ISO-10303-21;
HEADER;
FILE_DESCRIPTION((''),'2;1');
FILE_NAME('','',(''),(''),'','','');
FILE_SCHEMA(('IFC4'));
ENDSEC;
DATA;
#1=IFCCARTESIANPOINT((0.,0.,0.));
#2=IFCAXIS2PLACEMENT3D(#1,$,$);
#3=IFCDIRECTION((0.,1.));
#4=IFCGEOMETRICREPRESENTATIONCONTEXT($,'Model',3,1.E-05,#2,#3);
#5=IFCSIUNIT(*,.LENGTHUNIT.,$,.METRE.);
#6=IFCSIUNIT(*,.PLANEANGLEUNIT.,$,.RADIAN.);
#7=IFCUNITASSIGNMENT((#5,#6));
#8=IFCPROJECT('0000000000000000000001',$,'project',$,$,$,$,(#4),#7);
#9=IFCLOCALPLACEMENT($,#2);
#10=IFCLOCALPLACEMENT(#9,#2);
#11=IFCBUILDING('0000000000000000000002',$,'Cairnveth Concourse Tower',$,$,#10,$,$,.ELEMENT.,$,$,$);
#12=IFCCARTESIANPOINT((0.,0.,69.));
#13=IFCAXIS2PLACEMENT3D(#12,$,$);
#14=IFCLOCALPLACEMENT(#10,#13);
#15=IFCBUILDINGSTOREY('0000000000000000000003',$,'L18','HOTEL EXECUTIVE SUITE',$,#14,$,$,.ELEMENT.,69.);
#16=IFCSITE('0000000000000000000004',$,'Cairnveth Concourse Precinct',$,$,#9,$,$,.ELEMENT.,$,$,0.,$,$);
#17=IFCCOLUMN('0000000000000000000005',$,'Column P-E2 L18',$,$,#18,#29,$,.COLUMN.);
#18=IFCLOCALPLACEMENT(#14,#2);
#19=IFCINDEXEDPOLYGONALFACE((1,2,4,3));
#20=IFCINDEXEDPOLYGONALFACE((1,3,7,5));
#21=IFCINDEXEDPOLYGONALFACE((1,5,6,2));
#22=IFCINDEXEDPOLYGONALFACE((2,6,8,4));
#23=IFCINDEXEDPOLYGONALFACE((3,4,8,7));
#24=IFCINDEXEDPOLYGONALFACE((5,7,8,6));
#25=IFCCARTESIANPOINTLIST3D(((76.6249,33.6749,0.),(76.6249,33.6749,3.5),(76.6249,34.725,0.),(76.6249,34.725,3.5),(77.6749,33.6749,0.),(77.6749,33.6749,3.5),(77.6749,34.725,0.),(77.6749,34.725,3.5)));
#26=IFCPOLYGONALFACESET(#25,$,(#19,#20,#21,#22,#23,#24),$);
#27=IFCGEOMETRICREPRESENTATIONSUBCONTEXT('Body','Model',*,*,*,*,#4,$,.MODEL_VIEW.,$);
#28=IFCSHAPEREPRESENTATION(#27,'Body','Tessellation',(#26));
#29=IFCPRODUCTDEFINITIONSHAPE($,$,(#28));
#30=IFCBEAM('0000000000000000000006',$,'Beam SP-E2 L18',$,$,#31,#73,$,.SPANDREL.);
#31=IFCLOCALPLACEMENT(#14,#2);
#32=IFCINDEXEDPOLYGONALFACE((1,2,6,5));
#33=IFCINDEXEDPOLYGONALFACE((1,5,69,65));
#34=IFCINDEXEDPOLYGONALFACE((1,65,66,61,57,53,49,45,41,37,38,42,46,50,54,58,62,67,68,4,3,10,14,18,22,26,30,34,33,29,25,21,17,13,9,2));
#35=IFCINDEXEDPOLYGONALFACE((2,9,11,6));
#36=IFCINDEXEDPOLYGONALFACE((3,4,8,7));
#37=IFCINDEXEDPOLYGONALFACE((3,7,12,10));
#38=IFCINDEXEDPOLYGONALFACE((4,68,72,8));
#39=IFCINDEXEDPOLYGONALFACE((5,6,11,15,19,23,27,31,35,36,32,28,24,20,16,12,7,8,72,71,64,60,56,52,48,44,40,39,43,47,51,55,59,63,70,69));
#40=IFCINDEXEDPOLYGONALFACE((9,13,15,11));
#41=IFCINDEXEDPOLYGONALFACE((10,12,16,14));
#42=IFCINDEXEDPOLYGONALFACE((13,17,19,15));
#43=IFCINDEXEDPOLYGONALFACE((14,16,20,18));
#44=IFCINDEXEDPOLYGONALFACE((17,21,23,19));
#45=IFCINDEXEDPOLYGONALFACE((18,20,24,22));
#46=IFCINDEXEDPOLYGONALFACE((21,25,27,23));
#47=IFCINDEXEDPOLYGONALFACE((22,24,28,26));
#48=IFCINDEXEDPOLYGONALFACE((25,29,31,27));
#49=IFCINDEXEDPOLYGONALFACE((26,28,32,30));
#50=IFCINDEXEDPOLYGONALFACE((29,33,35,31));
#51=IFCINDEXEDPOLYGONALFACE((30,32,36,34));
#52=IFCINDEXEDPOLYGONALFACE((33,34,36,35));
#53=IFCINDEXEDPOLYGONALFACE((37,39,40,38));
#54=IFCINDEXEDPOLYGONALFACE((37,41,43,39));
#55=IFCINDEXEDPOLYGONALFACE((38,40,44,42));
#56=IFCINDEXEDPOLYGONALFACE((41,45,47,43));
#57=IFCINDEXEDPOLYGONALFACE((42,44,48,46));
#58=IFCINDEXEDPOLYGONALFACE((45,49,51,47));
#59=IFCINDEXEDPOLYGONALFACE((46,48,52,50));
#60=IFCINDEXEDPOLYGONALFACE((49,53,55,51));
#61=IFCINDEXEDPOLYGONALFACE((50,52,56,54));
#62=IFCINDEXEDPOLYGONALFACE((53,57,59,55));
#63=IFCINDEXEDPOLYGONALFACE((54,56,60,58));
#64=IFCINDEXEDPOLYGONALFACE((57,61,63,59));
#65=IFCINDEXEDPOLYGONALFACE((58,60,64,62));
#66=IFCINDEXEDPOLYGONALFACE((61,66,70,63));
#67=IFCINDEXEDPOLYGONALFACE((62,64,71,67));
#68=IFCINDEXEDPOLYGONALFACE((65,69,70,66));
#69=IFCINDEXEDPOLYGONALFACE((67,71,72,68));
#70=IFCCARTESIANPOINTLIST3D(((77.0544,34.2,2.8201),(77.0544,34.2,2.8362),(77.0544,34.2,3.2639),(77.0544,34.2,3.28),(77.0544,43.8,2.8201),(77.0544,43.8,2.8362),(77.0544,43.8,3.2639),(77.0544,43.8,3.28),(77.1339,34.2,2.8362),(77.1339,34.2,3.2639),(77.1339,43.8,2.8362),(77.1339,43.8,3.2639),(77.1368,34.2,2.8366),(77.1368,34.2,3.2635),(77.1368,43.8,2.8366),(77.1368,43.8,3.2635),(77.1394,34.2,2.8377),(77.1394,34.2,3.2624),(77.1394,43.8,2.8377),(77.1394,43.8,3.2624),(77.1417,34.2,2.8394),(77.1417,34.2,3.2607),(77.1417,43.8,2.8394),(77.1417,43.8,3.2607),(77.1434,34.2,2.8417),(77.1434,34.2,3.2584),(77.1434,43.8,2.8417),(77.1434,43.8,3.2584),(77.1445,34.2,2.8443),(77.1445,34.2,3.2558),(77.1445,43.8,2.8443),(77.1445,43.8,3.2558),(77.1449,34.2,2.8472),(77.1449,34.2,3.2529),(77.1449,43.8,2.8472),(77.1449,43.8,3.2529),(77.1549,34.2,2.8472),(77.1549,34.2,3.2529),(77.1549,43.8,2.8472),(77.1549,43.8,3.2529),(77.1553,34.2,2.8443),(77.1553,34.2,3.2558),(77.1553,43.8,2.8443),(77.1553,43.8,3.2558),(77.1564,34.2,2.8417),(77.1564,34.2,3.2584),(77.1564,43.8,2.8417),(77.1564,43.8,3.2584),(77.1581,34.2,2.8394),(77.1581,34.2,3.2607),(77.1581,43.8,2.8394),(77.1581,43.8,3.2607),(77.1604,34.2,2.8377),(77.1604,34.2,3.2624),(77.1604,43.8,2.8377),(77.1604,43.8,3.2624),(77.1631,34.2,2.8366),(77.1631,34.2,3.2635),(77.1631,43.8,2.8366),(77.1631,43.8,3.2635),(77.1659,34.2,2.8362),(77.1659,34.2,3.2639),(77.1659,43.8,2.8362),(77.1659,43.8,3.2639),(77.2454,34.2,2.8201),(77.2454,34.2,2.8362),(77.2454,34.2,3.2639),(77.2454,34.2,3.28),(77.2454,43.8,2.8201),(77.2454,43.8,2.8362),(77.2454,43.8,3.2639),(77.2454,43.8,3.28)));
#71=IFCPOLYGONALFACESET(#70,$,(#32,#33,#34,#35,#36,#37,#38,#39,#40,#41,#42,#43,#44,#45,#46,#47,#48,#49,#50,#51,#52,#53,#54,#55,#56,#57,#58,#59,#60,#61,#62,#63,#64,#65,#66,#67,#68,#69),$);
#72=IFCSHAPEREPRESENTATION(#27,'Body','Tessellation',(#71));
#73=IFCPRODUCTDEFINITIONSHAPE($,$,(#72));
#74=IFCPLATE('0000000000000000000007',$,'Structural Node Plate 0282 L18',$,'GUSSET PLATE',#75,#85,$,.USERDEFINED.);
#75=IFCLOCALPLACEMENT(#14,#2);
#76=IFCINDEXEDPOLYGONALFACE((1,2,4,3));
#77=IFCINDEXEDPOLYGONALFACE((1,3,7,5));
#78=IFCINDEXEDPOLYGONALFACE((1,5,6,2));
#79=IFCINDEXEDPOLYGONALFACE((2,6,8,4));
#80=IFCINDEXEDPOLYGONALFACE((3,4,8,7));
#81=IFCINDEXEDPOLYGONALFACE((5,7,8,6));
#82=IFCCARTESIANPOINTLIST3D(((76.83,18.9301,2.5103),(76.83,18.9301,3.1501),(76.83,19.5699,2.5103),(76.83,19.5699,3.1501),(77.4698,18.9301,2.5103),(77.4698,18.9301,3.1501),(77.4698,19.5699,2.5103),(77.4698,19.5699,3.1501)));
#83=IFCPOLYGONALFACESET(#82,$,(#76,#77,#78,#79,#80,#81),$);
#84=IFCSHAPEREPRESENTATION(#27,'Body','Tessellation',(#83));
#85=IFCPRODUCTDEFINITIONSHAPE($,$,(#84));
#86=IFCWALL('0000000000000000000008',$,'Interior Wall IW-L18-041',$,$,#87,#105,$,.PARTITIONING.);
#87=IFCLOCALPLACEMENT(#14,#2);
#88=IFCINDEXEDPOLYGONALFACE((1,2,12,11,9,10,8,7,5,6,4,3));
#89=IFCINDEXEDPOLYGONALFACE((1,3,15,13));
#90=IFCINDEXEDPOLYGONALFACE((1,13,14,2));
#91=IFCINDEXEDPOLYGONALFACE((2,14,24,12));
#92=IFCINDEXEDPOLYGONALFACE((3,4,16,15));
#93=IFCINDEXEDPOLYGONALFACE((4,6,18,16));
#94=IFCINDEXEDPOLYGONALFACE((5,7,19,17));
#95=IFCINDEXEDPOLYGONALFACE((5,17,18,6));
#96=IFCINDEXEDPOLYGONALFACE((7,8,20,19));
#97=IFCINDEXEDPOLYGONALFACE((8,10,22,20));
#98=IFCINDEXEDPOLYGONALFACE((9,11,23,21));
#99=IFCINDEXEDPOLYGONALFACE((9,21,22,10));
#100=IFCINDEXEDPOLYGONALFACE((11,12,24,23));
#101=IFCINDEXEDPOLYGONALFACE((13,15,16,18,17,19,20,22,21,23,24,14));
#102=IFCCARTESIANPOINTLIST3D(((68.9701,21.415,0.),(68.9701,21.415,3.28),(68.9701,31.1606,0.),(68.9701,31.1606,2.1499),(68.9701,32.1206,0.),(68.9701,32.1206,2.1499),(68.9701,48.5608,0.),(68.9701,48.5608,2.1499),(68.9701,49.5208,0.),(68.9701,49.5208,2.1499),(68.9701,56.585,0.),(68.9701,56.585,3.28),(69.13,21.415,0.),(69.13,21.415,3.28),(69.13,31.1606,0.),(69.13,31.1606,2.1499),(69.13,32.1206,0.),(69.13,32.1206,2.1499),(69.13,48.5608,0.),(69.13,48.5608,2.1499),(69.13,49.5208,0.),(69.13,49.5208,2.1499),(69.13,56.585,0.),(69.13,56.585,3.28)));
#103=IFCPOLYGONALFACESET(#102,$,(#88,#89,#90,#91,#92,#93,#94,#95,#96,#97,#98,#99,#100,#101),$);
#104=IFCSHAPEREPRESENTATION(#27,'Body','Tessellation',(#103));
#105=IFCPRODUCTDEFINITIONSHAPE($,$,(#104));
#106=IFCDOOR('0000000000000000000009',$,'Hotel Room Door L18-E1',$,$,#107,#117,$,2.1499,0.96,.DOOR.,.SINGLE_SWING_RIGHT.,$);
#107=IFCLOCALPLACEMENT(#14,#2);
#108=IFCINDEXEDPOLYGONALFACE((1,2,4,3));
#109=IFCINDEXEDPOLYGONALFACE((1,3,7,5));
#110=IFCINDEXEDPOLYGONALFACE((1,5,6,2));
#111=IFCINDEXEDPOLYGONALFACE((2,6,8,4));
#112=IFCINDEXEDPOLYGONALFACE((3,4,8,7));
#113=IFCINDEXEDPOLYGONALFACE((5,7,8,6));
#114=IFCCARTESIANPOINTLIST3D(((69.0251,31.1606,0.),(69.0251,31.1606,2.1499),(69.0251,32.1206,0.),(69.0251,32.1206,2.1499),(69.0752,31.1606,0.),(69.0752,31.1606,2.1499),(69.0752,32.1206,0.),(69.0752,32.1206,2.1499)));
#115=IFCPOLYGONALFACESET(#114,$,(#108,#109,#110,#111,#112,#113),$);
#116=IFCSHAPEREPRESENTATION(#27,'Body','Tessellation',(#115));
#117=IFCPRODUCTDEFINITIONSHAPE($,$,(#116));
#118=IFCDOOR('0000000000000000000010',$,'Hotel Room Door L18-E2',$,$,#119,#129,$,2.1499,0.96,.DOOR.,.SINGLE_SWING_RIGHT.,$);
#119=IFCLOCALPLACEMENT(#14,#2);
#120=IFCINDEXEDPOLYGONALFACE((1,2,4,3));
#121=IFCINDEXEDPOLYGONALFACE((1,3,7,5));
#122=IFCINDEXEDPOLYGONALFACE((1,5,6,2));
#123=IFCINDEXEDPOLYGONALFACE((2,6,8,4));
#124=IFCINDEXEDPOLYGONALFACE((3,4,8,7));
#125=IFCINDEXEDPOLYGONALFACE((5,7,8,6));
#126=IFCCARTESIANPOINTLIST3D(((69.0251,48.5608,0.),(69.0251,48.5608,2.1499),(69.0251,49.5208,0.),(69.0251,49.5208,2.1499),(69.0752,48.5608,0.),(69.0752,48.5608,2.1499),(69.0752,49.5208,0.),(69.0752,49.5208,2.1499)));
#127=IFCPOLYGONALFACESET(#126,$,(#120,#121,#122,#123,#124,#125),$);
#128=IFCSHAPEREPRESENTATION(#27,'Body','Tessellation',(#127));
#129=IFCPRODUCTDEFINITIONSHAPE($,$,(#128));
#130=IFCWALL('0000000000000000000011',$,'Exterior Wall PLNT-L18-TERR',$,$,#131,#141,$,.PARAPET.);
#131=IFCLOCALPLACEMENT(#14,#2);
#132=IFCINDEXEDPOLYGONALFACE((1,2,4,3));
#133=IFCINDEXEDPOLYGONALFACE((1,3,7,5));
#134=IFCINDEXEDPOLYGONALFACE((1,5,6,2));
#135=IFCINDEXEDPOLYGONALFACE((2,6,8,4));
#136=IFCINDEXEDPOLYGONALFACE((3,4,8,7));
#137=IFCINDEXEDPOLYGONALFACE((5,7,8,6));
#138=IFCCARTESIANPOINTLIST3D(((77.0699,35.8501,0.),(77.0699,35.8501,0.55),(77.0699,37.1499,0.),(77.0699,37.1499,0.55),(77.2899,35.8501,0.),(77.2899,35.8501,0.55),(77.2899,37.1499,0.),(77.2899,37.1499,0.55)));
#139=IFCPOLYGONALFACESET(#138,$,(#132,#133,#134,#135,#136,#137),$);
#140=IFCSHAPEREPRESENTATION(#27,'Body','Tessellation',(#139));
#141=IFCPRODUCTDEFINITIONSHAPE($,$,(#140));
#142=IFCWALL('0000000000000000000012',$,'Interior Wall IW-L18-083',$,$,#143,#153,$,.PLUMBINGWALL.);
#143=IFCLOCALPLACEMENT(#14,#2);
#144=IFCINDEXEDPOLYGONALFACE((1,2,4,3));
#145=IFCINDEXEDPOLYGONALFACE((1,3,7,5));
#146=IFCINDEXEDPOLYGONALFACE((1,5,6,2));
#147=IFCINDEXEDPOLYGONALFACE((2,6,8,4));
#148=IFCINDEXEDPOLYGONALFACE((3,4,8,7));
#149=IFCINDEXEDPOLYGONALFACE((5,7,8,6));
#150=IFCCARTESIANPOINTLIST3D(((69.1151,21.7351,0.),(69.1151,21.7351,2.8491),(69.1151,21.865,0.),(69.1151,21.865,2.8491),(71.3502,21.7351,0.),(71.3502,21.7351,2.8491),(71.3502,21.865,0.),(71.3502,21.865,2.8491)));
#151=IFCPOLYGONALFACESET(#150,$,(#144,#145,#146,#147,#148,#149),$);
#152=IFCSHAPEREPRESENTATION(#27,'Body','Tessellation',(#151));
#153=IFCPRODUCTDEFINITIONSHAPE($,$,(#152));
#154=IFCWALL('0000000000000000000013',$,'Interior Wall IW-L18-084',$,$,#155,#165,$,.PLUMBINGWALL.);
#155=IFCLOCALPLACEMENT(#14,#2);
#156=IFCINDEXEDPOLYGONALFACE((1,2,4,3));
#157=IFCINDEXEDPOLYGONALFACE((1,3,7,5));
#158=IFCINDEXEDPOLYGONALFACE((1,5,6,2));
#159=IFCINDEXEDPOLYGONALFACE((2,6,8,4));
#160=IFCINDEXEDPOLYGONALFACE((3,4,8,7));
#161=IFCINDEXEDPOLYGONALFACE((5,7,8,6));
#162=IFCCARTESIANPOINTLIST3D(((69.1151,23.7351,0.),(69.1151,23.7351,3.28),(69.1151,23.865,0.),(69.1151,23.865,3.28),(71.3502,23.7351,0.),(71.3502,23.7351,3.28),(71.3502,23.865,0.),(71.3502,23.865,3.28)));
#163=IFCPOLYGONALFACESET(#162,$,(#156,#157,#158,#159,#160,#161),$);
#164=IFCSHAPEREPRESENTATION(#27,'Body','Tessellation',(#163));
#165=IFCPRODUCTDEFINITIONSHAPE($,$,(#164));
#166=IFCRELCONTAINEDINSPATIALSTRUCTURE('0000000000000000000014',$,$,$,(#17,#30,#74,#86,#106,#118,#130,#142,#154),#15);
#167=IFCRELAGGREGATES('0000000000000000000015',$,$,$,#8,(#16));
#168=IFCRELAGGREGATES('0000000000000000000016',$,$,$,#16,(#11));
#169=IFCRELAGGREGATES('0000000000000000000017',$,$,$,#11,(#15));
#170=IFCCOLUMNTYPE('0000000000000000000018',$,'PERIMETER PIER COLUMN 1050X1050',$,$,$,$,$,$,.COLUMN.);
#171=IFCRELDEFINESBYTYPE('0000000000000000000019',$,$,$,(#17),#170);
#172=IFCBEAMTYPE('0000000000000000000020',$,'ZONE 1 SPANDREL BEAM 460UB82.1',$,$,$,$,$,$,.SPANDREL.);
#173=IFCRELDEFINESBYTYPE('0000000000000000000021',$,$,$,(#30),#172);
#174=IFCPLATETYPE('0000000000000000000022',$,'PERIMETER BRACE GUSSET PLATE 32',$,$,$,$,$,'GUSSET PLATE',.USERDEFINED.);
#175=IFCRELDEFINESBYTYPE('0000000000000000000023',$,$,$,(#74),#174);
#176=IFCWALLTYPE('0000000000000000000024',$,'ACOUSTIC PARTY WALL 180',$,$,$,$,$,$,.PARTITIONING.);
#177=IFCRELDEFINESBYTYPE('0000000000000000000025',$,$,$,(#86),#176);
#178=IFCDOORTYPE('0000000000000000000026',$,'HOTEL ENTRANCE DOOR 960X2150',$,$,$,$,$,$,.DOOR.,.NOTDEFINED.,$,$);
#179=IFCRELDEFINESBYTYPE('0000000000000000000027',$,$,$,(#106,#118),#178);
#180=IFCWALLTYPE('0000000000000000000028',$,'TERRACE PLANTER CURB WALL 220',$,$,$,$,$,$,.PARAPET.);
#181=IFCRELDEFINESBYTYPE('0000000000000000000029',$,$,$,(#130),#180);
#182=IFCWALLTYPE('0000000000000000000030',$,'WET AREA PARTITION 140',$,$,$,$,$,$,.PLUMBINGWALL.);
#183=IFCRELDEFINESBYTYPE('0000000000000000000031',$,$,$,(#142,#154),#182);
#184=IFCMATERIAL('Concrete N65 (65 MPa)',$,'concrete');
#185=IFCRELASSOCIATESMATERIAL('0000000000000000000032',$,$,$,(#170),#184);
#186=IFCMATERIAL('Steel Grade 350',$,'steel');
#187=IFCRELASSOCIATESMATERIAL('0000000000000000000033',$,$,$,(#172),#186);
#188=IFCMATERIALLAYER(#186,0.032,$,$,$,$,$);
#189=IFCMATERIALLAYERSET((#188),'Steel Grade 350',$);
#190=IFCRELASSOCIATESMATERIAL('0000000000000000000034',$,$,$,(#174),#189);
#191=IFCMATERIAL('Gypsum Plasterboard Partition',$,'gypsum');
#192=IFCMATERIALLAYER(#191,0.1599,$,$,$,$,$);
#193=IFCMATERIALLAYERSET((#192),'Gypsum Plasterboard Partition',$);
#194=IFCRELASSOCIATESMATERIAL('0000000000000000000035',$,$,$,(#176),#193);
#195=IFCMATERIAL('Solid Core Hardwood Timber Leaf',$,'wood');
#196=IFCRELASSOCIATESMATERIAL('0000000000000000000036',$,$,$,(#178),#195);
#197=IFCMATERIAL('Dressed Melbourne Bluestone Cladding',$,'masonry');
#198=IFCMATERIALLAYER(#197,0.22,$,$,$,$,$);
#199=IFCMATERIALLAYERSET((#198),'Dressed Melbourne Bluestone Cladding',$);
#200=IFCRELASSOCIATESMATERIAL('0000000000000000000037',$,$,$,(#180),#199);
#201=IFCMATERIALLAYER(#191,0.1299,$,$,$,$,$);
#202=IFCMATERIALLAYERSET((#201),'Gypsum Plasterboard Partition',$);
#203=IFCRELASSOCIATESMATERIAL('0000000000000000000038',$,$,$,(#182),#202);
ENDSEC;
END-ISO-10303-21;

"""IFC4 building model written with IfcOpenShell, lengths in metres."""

from ifc_helpers import new_model, si_unit, direction, frame, frame_2d, origin, origin_2d, place, context, subcontext, project, spatial, rectangle, i_section, extrude, material, layer, layer_set, material_profile, profile_set, type_object, element, fill, save


model = new_model("IFC4")

# Units and contexts
model_context = context("Model", 3, precision=1e-05, world=origin(), true_north=direction((0.0, 1.0)))
body_context = subcontext(model_context, "Body", "Model", "MODEL_VIEW")
ifc_project = project(units=[si_unit("LENGTHUNIT", "METRE"), si_unit("PLANEANGLEUNIT", "RADIAN")], contexts=[model_context])

# Site, building, storey
site_placement = place(None, origin())
site = spatial("IfcSite", under=ifc_project, at=site_placement, Name="Cairnveth Concourse Precinct", CompositionType="ELEMENT", RefElevation=0.0)
building_placement = place(site_placement, origin())
building = spatial("IfcBuilding", under=site, at=building_placement, Name="Cairnveth Concourse Tower", CompositionType="ELEMENT")
storey_placement = place(building_placement, frame((0.0, 0.0, 69.0)))
storey = spatial("IfcBuildingStorey", under=building, at=storey_placement, Name="L18", Description="HOTEL EXECUTIVE SUITE", CompositionType="ELEMENT", Elevation=69.0)

# Column
ifc_material_1 = material(Name="Concrete N65 (65 MPa)", Category="concrete")
ifc_material_profile_1 = material_profile(ifc_material_1, rectangle(XDim=1.05, YDim=1.05, at=origin_2d()), Name="RC-COL-1050x1050")
ifc_profile_set_1 = profile_set([ifc_material_profile_1], Name="Concrete N65 (65 MPa)")
column_type = type_object("IfcColumnType", Name="PERIMETER PIER COLUMN 1050X1050", PredefinedType="COLUMN", material=ifc_profile_set_1)
column_placement = place(storey_placement, frame((77.1499, 34.2, 0.0), z_axis=(0.0, 0.0, 1.0), x_axis=(0.0, 1.0, 0.0)))
element("IfcColumn", 1, at=column_placement, inside=storey, type_object=column_type, Name="Column P-E2 L18", PredefinedType="COLUMN", context=body_context, shape_type="SweptSolid", body=[
    extrude(rectangle(XDim=1.05, YDim=1.05, at=origin_2d()), origin(), (0.0, 0.0, 1.0), 3.5),
])

# Beam
ifc_material_2 = material(Name="Steel Grade 350", Category="steel")
ifc_material_profile_2 = material_profile(ifc_material_2, i_section(OverallWidth=0.1909, OverallDepth=0.46, WebThickness=0.01, FlangeThickness=0.0161, FilletRadius=0.011, at=origin_2d()), Name="460UB82.1")
ifc_profile_set_2 = profile_set([ifc_material_profile_2], Name="Steel Grade 350")
beam_type = type_object("IfcBeamType", Name="ZONE 1 SPANDREL BEAM 460UB82.1", PredefinedType="SPANDREL", material=ifc_profile_set_2)
beam_placement = place(storey_placement, frame((77.1499, 34.2, 3.05), z_axis=(0.0, 1.0, 0.0), x_axis=(-1.0, 0.0, 0.0)))
element("IfcBeam", 2, at=beam_placement, inside=storey, type_object=beam_type, Name="Beam SP-E2 L18", PredefinedType="SPANDREL", context=body_context, shape_type="SweptSolid", body=[
    extrude(i_section(OverallWidth=0.1909, OverallDepth=0.46, WebThickness=0.01, FlangeThickness=0.0161, FilletRadius=0.011, at=origin_2d()), origin(), (0.0, 0.0, 1.0), 9.6001),
])

# Plate
ifc_layer_1 = layer(ifc_material_2, 0.032)
ifc_layer_set_1 = layer_set([ifc_layer_1], Name="Steel Grade 350")
plate_type = type_object("IfcPlateType", Name="PERIMETER BRACE GUSSET PLATE 32", ElementType="GUSSET PLATE", PredefinedType="USERDEFINED", material=ifc_layer_set_1)
plate_placement = place(storey_placement, frame((77.1499, 19.25, 2.5103), z_axis=(0.0, 0.0, 1.0), x_axis=(1.0, 0.0, 0.0)))
element("IfcPlate", 3, at=plate_placement, inside=storey, type_object=plate_type, Name="Structural Node Plate 0282 L18", ObjectType="GUSSET PLATE", PredefinedType="USERDEFINED", context=body_context, shape_type="SweptSolid", body=[
    extrude(rectangle(XDim=0.6399, YDim=0.6399, at=origin_2d()), origin(), (0.0, 0.0, 1.0), 0.6399),
])

# Wall, openings, doors
ifc_material_3 = material(Name="Gypsum Plasterboard Partition", Category="gypsum")
ifc_layer_2 = layer(ifc_material_3, 0.1599)
ifc_layer_set_2 = layer_set([ifc_layer_2], Name="Gypsum Plasterboard Partition")
wall_type_1 = type_object("IfcWallType", Name="ACOUSTIC PARTY WALL 180", PredefinedType="PARTITIONING", material=ifc_layer_set_2)
wall_1_placement = place(storey_placement, frame((69.05, 21.415, 0.0), z_axis=(0.0, 0.0, 1.0), x_axis=(0.0, 1.0, 0.0)))
wall_1 = element("IfcWall", 4, at=wall_1_placement, inside=storey, type_object=wall_type_1, Name="Interior Wall IW-L18-041", PredefinedType="PARTITIONING", context=body_context, shape_type="SweptSolid", body=[
    extrude(rectangle(XDim=35.1699, YDim=0.1599, at=frame_2d((17.585, 0.0))), origin(), (0.0, 0.0, 1.0), 3.28),
])
opening_1_placement = place(wall_1_placement, frame((9.7456, 0.0, 0.0)))
opening_1 = element("IfcOpeningElement", 5, at=opening_1_placement, cuts=wall_1, PredefinedType="OPENING", context=body_context, shape_type="SweptSolid", body=[
    extrude(rectangle(XDim=0.96, YDim=2.1499, at=frame_2d((0.48, 1.075))), frame((0.0, 0.0898, 0.0), z_axis=(0.0, -1.0, 0.0), x_axis=(1.0, 0.0, 0.0)), (0.0, 0.0, 1.0), 0.1799),
])
opening_2_placement = place(wall_1_placement, frame((27.1458, 0.0, 0.0)))
opening_2 = element("IfcOpeningElement", 6, at=opening_2_placement, cuts=wall_1, PredefinedType="OPENING", context=body_context, shape_type="SweptSolid", body=[
    extrude(rectangle(XDim=0.96, YDim=2.1499, at=frame_2d((0.48, 1.075))), frame((0.0, 0.0898, 0.0), z_axis=(0.0, -1.0, 0.0), x_axis=(1.0, 0.0, 0.0)), (0.0, 0.0, 1.0), 0.1799),
])
ifc_material_4 = material(Name="Solid Core Hardwood Timber Leaf", Category="wood")
door_type_1 = type_object("IfcDoorType", Name="HOTEL ENTRANCE DOOR 960X2150", OperationType="NOTDEFINED", PredefinedType="DOOR", material=ifc_material_4)
door_1_placement = place(opening_1_placement, origin())
door_1 = element("IfcDoor", 7, at=door_1_placement, inside=storey, type_object=door_type_1, Name="Hotel Room Door L18-E1", OperationType="SINGLE_SWING_RIGHT", OverallHeight=2.1499, OverallWidth=0.96, PredefinedType="DOOR", context=body_context, shape_type="SweptSolid", body=[
    extrude(rectangle(XDim=0.96, YDim=2.1499, at=frame_2d((0.48, 1.075))), frame((0.0, 0.0249, 0.0), z_axis=(0.0, -1.0, 0.0), x_axis=(1.0, 0.0, 0.0)), (0.0, 0.0, 1.0), 0.05),
])
fill(opening_1, door_1)
door_2_placement = place(opening_2_placement, origin())
door_2 = element("IfcDoor", 8, at=door_2_placement, inside=storey, type_object=door_type_1, Name="Hotel Room Door L18-E2", OperationType="SINGLE_SWING_RIGHT", OverallHeight=2.1499, OverallWidth=0.96, PredefinedType="DOOR", context=body_context, shape_type="SweptSolid", body=[
    extrude(rectangle(XDim=0.96, YDim=2.1499, at=frame_2d((0.48, 1.075))), frame((0.0, 0.0249, 0.0), z_axis=(0.0, -1.0, 0.0), x_axis=(1.0, 0.0, 0.0)), (0.0, 0.0, 1.0), 0.05),
])
fill(opening_2, door_2)

# Walls
ifc_material_5 = material(Name="Dressed Melbourne Bluestone Cladding", Category="masonry")
ifc_layer_3 = layer(ifc_material_5, 0.22)
ifc_layer_set_3 = layer_set([ifc_layer_3], Name="Dressed Melbourne Bluestone Cladding")
wall_type_2 = type_object("IfcWallType", Name="TERRACE PLANTER CURB WALL 220", PredefinedType="PARAPET", material=ifc_layer_set_3)
wall_2_placement = place(storey_placement, frame((77.1799, 35.8501, 0.0), z_axis=(0.0, 0.0, 1.0), x_axis=(0.0, 1.0, 0.0)))
element("IfcWall", 9, at=wall_2_placement, inside=storey, type_object=wall_type_2, Name="Exterior Wall PLNT-L18-TERR", PredefinedType="PARAPET", context=body_context, shape_type="SweptSolid", body=[
    extrude(rectangle(XDim=1.2998, YDim=0.22, at=frame_2d((0.6499, 0.0))), origin(), (0.0, 0.0, 1.0), 0.55),
])
ifc_layer_4 = layer(ifc_material_3, 0.1299)
ifc_layer_set_4 = layer_set([ifc_layer_4], Name="Gypsum Plasterboard Partition")
wall_type_3 = type_object("IfcWallType", Name="WET AREA PARTITION 140", PredefinedType="PLUMBINGWALL", material=ifc_layer_set_4)
wall_3_placement = place(storey_placement, frame((69.115, 21.8, 0.0), z_axis=(0.0, 0.0, 1.0), x_axis=(1.0, 0.0, 0.0)))
element("IfcWall", 10, at=wall_3_placement, inside=storey, type_object=wall_type_3, Name="Interior Wall IW-L18-083", PredefinedType="PLUMBINGWALL", context=body_context, shape_type="SweptSolid", body=[
    extrude(rectangle(XDim=2.2351, YDim=0.1299, at=frame_2d((1.1177, 0.0))), origin(), (0.0, 0.0, 1.0), 2.8491),
])
wall_4_placement = place(storey_placement, frame((69.115, 23.8, 0.0), z_axis=(0.0, 0.0, 1.0), x_axis=(1.0, 0.0, 0.0)))
element("IfcWall", 11, at=wall_4_placement, inside=storey, type_object=wall_type_3, Name="Interior Wall IW-L18-084", PredefinedType="PLUMBINGWALL", context=body_context, shape_type="SweptSolid", body=[
    extrude(rectangle(XDim=2.2351, YDim=0.1299, at=frame_2d((1.1177, 0.0))), origin(), (0.0, 0.0, 1.0), 3.28),
])

save(model, "model.ifc")
